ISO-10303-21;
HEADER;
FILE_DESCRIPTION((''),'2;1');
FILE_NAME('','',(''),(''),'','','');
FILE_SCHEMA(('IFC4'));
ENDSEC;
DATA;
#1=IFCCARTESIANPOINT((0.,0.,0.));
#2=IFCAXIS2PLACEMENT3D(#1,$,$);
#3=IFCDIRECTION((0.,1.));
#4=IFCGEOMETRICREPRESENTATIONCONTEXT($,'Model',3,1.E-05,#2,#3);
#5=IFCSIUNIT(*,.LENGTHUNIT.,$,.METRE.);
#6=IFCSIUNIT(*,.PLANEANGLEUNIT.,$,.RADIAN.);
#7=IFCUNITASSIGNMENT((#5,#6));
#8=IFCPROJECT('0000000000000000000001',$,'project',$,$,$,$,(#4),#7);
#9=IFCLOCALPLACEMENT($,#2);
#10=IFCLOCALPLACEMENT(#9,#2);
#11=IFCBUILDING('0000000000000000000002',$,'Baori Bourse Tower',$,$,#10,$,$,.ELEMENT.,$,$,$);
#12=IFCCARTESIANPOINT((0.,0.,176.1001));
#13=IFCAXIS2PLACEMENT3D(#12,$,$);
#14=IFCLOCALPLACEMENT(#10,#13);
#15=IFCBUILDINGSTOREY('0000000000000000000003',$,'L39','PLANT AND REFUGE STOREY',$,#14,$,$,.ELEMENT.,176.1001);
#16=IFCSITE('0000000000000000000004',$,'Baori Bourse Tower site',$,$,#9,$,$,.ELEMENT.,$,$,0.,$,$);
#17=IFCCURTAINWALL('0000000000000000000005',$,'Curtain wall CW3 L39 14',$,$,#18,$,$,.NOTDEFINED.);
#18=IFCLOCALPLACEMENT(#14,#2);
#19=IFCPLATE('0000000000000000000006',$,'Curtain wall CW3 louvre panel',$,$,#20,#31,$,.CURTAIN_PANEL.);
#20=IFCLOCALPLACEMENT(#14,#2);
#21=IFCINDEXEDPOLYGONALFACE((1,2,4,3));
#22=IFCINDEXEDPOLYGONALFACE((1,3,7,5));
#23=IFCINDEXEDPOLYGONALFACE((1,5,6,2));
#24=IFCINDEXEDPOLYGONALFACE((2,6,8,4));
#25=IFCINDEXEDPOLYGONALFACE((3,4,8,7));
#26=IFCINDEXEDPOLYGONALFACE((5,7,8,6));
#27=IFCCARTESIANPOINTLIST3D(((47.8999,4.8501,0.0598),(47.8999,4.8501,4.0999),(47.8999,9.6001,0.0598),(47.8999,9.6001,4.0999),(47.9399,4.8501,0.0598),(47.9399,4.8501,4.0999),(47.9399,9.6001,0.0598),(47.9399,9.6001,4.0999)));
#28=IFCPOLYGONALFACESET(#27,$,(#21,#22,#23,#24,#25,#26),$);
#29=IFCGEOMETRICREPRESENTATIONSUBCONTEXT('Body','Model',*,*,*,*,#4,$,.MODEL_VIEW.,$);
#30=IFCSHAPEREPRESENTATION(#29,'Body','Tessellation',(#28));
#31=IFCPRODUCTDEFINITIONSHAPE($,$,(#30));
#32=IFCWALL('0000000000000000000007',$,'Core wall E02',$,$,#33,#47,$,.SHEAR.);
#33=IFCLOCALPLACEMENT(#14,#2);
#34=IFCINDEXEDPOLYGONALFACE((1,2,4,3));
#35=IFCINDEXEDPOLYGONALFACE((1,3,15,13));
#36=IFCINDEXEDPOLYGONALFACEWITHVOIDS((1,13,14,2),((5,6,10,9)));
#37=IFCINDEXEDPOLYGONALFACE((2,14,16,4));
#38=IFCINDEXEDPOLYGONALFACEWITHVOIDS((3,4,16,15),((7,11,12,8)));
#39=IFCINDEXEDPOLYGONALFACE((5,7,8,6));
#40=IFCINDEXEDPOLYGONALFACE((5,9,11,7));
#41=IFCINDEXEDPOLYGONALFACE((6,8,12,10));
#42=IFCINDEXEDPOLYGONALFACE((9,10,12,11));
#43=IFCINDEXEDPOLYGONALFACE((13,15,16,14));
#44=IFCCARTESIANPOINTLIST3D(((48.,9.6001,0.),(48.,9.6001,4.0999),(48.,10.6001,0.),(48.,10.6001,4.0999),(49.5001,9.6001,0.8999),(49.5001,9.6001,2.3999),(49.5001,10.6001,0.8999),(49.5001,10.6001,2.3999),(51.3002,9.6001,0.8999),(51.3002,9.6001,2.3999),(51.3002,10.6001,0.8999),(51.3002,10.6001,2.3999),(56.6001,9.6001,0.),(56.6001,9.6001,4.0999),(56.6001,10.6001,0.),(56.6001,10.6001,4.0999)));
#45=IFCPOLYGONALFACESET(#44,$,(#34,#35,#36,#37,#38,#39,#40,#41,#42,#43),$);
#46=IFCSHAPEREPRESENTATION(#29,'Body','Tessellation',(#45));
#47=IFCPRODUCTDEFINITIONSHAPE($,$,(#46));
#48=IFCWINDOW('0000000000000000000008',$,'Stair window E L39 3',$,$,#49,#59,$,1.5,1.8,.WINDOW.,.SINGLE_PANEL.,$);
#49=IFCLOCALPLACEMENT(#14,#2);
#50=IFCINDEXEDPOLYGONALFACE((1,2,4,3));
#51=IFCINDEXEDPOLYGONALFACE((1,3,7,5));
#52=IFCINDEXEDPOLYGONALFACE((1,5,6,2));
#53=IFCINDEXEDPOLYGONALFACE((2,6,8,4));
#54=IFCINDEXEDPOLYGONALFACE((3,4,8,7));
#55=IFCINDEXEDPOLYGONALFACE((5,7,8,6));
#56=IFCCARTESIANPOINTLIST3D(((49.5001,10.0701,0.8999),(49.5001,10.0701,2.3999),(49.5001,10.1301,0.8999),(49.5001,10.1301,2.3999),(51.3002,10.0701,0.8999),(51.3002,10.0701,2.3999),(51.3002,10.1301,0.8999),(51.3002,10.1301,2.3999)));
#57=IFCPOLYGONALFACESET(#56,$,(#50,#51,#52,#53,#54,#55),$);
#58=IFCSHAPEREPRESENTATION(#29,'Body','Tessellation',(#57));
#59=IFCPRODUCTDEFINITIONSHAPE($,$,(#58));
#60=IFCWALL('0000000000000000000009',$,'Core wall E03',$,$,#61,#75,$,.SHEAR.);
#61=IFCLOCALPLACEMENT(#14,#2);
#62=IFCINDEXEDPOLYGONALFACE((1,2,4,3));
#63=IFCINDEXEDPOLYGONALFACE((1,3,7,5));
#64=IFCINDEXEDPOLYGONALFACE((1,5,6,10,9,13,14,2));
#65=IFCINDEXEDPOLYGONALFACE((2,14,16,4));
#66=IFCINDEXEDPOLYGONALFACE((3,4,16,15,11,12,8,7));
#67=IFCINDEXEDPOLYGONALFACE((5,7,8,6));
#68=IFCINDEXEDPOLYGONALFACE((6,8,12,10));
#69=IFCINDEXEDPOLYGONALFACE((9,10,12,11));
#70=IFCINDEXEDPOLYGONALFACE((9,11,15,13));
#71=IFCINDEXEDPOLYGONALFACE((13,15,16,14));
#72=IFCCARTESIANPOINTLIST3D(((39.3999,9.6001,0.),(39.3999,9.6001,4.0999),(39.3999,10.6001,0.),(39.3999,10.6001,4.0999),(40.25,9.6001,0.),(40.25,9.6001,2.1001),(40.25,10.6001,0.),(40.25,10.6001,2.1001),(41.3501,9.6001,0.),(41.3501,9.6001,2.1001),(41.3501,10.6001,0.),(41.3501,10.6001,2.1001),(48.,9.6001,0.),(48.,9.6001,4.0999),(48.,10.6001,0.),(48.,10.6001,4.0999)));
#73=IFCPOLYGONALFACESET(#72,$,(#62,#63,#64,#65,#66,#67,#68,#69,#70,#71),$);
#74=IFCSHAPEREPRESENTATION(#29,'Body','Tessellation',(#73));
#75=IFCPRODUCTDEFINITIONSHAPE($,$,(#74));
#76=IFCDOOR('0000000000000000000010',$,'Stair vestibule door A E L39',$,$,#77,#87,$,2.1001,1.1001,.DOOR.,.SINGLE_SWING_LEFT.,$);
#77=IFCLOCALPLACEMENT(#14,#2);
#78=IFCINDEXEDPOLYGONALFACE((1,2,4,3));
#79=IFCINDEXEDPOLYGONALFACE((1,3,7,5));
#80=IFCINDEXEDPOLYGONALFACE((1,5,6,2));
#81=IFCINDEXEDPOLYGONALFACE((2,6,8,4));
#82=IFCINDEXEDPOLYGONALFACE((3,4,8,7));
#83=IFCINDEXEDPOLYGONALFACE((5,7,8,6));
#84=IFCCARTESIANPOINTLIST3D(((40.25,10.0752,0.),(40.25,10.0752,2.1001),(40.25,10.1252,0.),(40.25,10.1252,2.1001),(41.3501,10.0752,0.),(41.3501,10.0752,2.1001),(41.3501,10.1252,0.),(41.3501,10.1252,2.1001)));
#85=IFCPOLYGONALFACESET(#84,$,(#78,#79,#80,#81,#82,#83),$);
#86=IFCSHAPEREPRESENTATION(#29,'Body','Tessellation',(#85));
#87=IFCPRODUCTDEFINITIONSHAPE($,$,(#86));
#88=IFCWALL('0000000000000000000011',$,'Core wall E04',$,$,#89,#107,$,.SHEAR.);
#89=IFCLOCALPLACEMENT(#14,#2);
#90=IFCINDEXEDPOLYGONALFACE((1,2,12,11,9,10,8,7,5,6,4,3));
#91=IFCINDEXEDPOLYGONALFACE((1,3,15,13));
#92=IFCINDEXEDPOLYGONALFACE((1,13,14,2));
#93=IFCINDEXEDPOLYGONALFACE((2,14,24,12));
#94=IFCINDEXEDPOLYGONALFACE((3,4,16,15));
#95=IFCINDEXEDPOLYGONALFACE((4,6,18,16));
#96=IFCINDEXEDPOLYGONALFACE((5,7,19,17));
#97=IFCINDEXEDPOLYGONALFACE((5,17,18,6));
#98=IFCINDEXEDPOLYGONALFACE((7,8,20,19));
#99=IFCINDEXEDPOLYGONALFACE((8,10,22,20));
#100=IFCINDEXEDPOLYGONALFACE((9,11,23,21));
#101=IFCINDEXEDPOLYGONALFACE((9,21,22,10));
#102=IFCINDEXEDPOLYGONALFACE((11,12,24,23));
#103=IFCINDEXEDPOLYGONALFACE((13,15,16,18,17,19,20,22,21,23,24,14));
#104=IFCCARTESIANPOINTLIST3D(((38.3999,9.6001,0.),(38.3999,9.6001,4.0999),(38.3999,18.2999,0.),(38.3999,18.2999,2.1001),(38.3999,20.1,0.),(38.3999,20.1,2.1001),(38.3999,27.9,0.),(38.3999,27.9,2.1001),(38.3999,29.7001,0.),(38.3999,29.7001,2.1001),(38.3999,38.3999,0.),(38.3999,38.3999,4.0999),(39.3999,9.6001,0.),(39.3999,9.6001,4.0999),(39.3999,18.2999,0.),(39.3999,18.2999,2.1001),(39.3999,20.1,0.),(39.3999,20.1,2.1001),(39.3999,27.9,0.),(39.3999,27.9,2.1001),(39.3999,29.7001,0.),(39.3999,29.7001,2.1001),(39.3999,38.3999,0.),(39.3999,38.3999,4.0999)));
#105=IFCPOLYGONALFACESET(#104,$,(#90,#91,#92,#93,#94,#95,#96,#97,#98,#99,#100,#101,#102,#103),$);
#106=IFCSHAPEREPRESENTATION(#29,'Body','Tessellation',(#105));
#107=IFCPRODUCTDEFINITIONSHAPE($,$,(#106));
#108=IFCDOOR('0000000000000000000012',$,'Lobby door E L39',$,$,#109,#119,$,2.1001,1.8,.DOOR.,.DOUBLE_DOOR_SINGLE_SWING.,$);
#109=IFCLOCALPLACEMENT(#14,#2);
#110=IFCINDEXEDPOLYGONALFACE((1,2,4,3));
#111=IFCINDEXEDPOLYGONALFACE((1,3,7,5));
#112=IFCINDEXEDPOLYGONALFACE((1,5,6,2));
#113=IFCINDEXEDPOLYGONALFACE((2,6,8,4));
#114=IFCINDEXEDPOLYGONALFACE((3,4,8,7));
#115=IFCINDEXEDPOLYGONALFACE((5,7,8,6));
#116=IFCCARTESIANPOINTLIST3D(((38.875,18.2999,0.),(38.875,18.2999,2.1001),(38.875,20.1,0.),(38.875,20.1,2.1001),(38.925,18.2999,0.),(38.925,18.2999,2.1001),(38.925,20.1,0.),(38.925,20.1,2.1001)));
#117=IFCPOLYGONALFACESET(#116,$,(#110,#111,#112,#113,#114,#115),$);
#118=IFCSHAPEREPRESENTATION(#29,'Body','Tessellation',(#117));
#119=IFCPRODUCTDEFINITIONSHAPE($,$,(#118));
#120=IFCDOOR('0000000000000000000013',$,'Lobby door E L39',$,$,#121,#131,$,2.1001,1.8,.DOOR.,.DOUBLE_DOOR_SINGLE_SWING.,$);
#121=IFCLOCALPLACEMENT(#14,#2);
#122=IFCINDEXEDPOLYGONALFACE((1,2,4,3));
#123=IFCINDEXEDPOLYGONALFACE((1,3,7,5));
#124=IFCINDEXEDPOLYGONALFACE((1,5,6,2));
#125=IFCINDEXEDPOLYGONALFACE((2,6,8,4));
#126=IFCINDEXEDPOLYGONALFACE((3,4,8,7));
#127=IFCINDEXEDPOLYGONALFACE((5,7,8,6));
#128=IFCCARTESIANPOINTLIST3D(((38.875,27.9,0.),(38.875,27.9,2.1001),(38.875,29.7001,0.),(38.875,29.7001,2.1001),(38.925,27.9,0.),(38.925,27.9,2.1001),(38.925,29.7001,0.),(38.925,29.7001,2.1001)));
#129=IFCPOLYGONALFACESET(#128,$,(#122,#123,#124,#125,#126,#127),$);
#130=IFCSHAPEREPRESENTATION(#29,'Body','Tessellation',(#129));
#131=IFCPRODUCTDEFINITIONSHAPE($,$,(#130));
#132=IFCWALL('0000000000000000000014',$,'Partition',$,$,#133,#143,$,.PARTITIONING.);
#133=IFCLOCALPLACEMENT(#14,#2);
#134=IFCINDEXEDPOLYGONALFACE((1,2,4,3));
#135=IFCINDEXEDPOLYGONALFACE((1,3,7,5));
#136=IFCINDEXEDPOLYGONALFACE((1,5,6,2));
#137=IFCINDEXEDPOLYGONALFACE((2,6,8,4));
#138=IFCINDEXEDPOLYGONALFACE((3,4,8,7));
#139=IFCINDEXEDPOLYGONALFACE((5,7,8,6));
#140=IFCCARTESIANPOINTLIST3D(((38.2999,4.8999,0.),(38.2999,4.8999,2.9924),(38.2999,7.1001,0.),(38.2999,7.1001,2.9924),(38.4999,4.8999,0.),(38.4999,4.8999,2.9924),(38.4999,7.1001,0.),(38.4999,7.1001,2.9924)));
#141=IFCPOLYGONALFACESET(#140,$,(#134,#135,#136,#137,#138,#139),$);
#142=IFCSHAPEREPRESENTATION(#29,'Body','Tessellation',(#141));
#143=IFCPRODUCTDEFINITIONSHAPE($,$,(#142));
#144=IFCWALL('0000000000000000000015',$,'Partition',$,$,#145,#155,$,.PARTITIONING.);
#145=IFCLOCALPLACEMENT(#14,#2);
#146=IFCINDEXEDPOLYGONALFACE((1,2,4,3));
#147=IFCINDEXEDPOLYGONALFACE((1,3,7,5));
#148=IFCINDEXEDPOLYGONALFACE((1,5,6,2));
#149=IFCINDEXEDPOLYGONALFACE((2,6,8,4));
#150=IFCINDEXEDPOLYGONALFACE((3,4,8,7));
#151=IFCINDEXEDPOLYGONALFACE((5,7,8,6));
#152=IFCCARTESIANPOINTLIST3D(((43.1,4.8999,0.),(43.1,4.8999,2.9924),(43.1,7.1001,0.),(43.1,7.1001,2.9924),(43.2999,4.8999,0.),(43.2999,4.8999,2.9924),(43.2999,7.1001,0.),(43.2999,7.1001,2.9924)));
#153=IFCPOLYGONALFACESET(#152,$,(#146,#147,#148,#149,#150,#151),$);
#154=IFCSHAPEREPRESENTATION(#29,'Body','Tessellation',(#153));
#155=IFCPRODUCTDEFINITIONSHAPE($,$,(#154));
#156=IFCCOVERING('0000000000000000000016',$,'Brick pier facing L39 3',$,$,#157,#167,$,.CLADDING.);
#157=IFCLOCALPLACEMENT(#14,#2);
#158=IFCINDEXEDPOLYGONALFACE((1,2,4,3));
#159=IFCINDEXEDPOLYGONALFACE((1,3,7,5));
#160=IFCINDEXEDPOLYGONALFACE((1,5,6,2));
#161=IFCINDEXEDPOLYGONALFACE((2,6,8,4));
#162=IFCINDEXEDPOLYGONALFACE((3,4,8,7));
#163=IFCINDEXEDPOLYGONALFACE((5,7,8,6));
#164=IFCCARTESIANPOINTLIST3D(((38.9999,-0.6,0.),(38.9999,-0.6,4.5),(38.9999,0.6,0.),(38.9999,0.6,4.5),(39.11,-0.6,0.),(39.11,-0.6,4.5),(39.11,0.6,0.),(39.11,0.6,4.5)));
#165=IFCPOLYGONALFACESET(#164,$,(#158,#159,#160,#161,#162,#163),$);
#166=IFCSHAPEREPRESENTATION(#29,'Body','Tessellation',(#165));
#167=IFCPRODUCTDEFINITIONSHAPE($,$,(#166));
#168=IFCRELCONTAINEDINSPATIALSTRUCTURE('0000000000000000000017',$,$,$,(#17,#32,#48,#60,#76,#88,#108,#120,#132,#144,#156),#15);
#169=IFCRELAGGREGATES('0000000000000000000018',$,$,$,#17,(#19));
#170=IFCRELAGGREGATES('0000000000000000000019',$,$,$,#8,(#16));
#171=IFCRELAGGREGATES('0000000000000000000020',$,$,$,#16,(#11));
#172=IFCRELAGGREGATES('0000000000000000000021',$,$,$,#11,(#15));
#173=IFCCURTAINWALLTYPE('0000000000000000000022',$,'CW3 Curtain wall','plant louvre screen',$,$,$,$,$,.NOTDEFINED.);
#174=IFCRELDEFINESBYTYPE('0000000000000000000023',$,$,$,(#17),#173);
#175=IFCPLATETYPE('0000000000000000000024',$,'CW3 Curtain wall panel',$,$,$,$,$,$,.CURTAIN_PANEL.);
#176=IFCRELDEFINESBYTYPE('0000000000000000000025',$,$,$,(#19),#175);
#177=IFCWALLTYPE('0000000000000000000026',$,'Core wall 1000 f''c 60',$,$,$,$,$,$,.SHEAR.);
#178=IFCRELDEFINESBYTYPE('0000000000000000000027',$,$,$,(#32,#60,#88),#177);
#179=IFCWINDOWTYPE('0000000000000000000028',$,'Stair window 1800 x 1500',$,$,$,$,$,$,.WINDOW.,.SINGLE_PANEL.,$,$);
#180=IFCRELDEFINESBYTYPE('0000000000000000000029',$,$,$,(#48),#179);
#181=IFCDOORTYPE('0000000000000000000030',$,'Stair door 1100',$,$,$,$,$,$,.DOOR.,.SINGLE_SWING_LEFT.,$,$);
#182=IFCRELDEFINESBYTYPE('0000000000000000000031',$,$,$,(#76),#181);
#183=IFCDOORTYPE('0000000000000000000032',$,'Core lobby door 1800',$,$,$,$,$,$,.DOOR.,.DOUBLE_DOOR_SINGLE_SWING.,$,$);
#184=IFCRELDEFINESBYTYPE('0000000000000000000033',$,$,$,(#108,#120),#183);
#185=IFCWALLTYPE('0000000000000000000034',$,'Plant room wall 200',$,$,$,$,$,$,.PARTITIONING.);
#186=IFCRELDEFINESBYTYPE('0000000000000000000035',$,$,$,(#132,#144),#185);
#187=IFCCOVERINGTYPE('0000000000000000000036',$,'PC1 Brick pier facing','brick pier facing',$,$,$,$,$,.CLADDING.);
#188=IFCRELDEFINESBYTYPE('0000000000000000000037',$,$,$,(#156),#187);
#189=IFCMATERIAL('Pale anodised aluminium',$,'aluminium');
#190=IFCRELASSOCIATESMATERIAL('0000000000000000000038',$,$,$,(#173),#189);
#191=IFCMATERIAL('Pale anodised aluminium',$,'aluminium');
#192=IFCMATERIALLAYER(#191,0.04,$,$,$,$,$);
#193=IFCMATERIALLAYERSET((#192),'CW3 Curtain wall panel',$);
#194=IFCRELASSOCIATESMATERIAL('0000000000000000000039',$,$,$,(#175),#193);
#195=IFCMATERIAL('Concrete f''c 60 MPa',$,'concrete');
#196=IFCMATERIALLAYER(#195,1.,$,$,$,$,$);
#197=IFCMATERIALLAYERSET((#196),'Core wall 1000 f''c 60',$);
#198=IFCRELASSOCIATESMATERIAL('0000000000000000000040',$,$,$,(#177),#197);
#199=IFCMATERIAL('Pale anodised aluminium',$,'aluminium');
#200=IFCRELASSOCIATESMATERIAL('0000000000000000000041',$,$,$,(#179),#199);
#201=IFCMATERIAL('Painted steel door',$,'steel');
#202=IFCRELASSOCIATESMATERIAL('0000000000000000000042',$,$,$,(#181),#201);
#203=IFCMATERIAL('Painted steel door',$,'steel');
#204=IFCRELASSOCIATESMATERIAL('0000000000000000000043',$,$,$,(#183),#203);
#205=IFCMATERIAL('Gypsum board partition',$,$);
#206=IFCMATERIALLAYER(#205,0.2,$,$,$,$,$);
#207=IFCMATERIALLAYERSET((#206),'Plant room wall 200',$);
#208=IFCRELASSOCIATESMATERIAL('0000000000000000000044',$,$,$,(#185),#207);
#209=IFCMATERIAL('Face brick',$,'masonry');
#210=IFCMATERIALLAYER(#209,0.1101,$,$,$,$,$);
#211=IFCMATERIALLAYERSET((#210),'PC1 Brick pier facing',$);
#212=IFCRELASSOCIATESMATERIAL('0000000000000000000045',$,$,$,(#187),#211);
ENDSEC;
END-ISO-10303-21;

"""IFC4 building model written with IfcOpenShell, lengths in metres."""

from ifc_helpers import new_model, si_unit, direction, frame, frame_2d, origin, origin_2d, place, context, subcontext, project, spatial, rectangle, extrude, material, layer, layer_set, type_object, element, fill, aggregate, save


model = new_model("IFC4")

# Units and contexts
model_context = context("Model", 3, precision=1e-05, world=origin(), true_north=direction((0.0, 1.0)))
body_context = subcontext(model_context, "Body", "Model", "MODEL_VIEW")
ifc_project = project(units=[si_unit("LENGTHUNIT", "METRE"), si_unit("PLANEANGLEUNIT", "RADIAN")], contexts=[model_context])

# Site, building, storey
site_placement = place(None, origin())
site = spatial("IfcSite", under=ifc_project, at=site_placement, Name="Baori Bourse Tower site", CompositionType="ELEMENT", RefElevation=0.0)
building_placement = place(site_placement, origin())
building = spatial("IfcBuilding", under=site, at=building_placement, Name="Baori Bourse Tower", CompositionType="ELEMENT")
storey_placement = place(building_placement, frame((0.0, 0.0, 176.1001)))
storey = spatial("IfcBuildingStorey", under=building, at=storey_placement, Name="L39", Description="PLANT AND REFUGE STOREY", CompositionType="ELEMENT", Elevation=176.1001)

# Curtain wall
ifc_material_1 = material(Name="Pale anodised aluminium", Category="aluminium")
curtain_wall_type = type_object("IfcCurtainWallType", Name="CW3 Curtain wall", Description="plant louvre screen", PredefinedType="NOTDEFINED", material=ifc_material_1)
curtain_wall_1_placement = place(storey_placement, origin())
curtain_wall_1 = element("IfcCurtainWall", 1, at=curtain_wall_1_placement, inside=storey, type_object=curtain_wall_type, Name="Curtain wall CW3 L39 14", PredefinedType="NOTDEFINED")

# Plate
ifc_material_2 = material(Name="Pale anodised aluminium", Category="aluminium")
ifc_layer_1 = layer(ifc_material_2, 0.04)
ifc_layer_set_1 = layer_set([ifc_layer_1], Name="CW3 Curtain wall panel")
plate_type = type_object("IfcPlateType", Name="CW3 Curtain wall panel", PredefinedType="CURTAIN_PANEL", material=ifc_layer_set_1)
plate_1_placement = place(storey_placement, frame((47.9199, 7.2251, 0.0598), z_axis=(0.0, 0.0, 1.0), x_axis=(0.0, 1.0, 0.0)))
plate_1 = element("IfcPlate", 2, at=plate_1_placement, type_object=plate_type, Name="Curtain wall CW3 louvre panel", PredefinedType="CURTAIN_PANEL", context=body_context, shape_type="SweptSolid", body=[
    extrude(rectangle(XDim=4.75, YDim=0.04, at=origin_2d()), origin(), (0.0, 0.0, 1.0), 4.04),
])
aggregate(curtain_wall_1, [plate_1])

# Wall, opening, window
ifc_material_3 = material(Name="Concrete f'c 60 MPa", Category="concrete")
ifc_layer_2 = layer(ifc_material_3, 1.0)
ifc_layer_set_2 = layer_set([ifc_layer_2], Name="Core wall 1000 f'c 60")
wall_type_1 = type_object("IfcWallType", Name="Core wall 1000 f'c 60", PredefinedType="SHEAR", material=ifc_layer_set_2)
wall_1_placement = place(storey_placement, frame((56.6001, 10.1001, 0.0), z_axis=(0.0, 0.0, 1.0), x_axis=(-1.0, 0.0, 0.0)))
wall_1 = element("IfcWall", 3, at=wall_1_placement, inside=storey, type_object=wall_type_1, Name="Core wall E02", PredefinedType="SHEAR", context=body_context, shape_type="SweptSolid", body=[
    extrude(rectangle(XDim=8.6001, YDim=1.0, at=frame_2d((4.3, 0.0))), origin(), (0.0, 0.0, 1.0), 4.0999),
])
opening_1_placement = place(wall_1_placement, frame((5.3, 0.0, 0.8999)))
opening_1 = element("IfcOpeningElement", 4, at=opening_1_placement, cuts=wall_1, PredefinedType="OPENING", context=body_context, shape_type="SweptSolid", body=[
    extrude(rectangle(XDim=1.8, YDim=1.5, at=frame_2d((0.8999, 0.75))), frame((0.0, 0.51, 0.0), z_axis=(0.0, -1.0, 0.0), x_axis=(1.0, 0.0, 0.0)), (0.0, 0.0, 1.0), 1.02),
])
ifc_material_4 = material(Name="Pale anodised aluminium", Category="aluminium")
window_type = type_object("IfcWindowType", Name="Stair window 1800 x 1500", PartitioningType="SINGLE_PANEL", PredefinedType="WINDOW", material=ifc_material_4)
window_placement = place(opening_1_placement, origin())
window = element("IfcWindow", 5, at=window_placement, inside=storey, type_object=window_type, Name="Stair window E L39 3", OverallHeight=1.5, OverallWidth=1.8, PartitioningType="SINGLE_PANEL", PredefinedType="WINDOW", context=body_context, shape_type="SweptSolid", body=[
    extrude(rectangle(XDim=1.8, YDim=1.5, at=frame_2d((0.8999, 0.75))), frame((0.0, 0.03, 0.0), z_axis=(0.0, -1.0, 0.0), x_axis=(1.0, 0.0, 0.0)), (0.0, 0.0, 1.0), 0.0601),
])
fill(opening_1, window)

# Wall, opening, door
wall_2_placement = place(storey_placement, frame((48.0, 10.1001, 0.0), z_axis=(0.0, 0.0, 1.0), x_axis=(-1.0, 0.0, 0.0)))
wall_2 = element("IfcWall", 6, at=wall_2_placement, inside=storey, type_object=wall_type_1, Name="Core wall E03", PredefinedType="SHEAR", context=body_context, shape_type="SweptSolid", body=[
    extrude(rectangle(XDim=8.6001, YDim=1.0, at=frame_2d((4.3, 0.0))), origin(), (0.0, 0.0, 1.0), 4.0999),
])
opening_2_placement = place(wall_2_placement, frame((6.6499, 0.0, 0.0)))
opening_2 = element("IfcOpeningElement", 7, at=opening_2_placement, cuts=wall_2, PredefinedType="OPENING", context=body_context, shape_type="SweptSolid", body=[
    extrude(rectangle(XDim=1.1001, YDim=2.1001, at=frame_2d((0.55, 1.05))), frame((0.0, 0.51, 0.0), z_axis=(0.0, -1.0, 0.0), x_axis=(1.0, 0.0, 0.0)), (0.0, 0.0, 1.0), 1.02),
])
ifc_material_5 = material(Name="Painted steel door", Category="steel")
door_type_1 = type_object("IfcDoorType", Name="Stair door 1100", OperationType="SINGLE_SWING_LEFT", PredefinedType="DOOR", material=ifc_material_5)
door_1_placement = place(opening_2_placement, origin())
door_1 = element("IfcDoor", 8, at=door_1_placement, inside=storey, type_object=door_type_1, Name="Stair vestibule door A E L39", OperationType="SINGLE_SWING_LEFT", OverallHeight=2.1001, OverallWidth=1.1001, PredefinedType="DOOR", context=body_context, shape_type="SweptSolid", body=[
    extrude(rectangle(XDim=1.1001, YDim=2.1001, at=frame_2d((0.55, 1.05))), frame((0.0, 0.0249, 0.0), z_axis=(0.0, -1.0, 0.0), x_axis=(1.0, 0.0, 0.0)), (0.0, 0.0, 1.0), 0.05),
])
fill(opening_2, door_1)

# Wall, openings, doors
wall_3_placement = place(storey_placement, frame((38.8999, 9.6001, 0.0), z_axis=(0.0, 0.0, 1.0), x_axis=(0.0, 1.0, 0.0)))
wall_3 = element("IfcWall", 9, at=wall_3_placement, inside=storey, type_object=wall_type_1, Name="Core wall E04", PredefinedType="SHEAR", context=body_context, shape_type="SweptSolid", body=[
    extrude(rectangle(XDim=28.7998, YDim=1.0, at=frame_2d((14.3999, 0.0))), origin(), (0.0, 0.0, 1.0), 4.0999),
])
opening_3_placement = place(wall_3_placement, frame((8.7, 0.0, 0.0)))
opening_3 = element("IfcOpeningElement", 10, at=opening_3_placement, cuts=wall_3, PredefinedType="OPENING", context=body_context, shape_type="SweptSolid", body=[
    extrude(rectangle(XDim=1.8, YDim=2.1001, at=frame_2d((0.8999, 1.05))), frame((0.0, 0.51, 0.0), z_axis=(0.0, -1.0, 0.0), x_axis=(1.0, 0.0, 0.0)), (0.0, 0.0, 1.0), 1.02),
])
opening_4_placement = place(wall_3_placement, frame((18.3, 0.0, 0.0)))
opening_4 = element("IfcOpeningElement", 11, at=opening_4_placement, cuts=wall_3, PredefinedType="OPENING", context=body_context, shape_type="SweptSolid", body=[
    extrude(rectangle(XDim=1.8, YDim=2.1001, at=frame_2d((0.8999, 1.05))), frame((0.0, 0.51, 0.0), z_axis=(0.0, -1.0, 0.0), x_axis=(1.0, 0.0, 0.0)), (0.0, 0.0, 1.0), 1.02),
])
ifc_material_6 = material(Name="Painted steel door", Category="steel")
door_type_2 = type_object("IfcDoorType", Name="Core lobby door 1800", OperationType="DOUBLE_DOOR_SINGLE_SWING", PredefinedType="DOOR", material=ifc_material_6)
door_2_placement = place(opening_3_placement, origin())
door_2 = element("IfcDoor", 12, at=door_2_placement, inside=storey, type_object=door_type_2, Name="Lobby door E L39", OperationType="DOUBLE_DOOR_SINGLE_SWING", OverallHeight=2.1001, OverallWidth=1.8, PredefinedType="DOOR", context=body_context, shape_type="SweptSolid", body=[
    extrude(rectangle(XDim=1.8, YDim=2.1001, at=frame_2d((0.8999, 1.05))), frame((0.0, 0.0249, 0.0), z_axis=(0.0, -1.0, 0.0), x_axis=(1.0, 0.0, 0.0)), (0.0, 0.0, 1.0), 0.05),
])
fill(opening_3, door_2)
door_3_placement = place(opening_4_placement, origin())
door_3 = element("IfcDoor", 13, at=door_3_placement, inside=storey, type_object=door_type_2, Name="Lobby door E L39", OperationType="DOUBLE_DOOR_SINGLE_SWING", OverallHeight=2.1001, OverallWidth=1.8, PredefinedType="DOOR", context=body_context, shape_type="SweptSolid", body=[
    extrude(rectangle(XDim=1.8, YDim=2.1001, at=frame_2d((0.8999, 1.05))), frame((0.0, 0.0249, 0.0), z_axis=(0.0, -1.0, 0.0), x_axis=(1.0, 0.0, 0.0)), (0.0, 0.0, 1.0), 0.05),
])
fill(opening_4, door_3)

# Walls
ifc_material_7 = material(Name="Gypsum board partition")
ifc_layer_3 = layer(ifc_material_7, 0.2)
ifc_layer_set_3 = layer_set([ifc_layer_3], Name="Plant room wall 200")
wall_type_2 = type_object("IfcWallType", Name="Plant room wall 200", PredefinedType="PARTITIONING", material=ifc_layer_set_3)
for number, where, z_axis, x_axis, name in (
    (14, (38.3999, 4.8999, 0.0), (0.0, 0.0, 1.0), (0.0, 1.0, 0.0), "Partition"),
    (15, (43.2, 4.8999, 0.0), (0.0, 0.0, 1.0), (0.0, 1.0, 0.0), "Partition"),
):
    element("IfcWall", number, at=place(storey_placement, frame(where, z_axis=z_axis, x_axis=x_axis)), inside=storey, type_object=wall_type_2, Name=name, PredefinedType="PARTITIONING", context=body_context, shape_type="SweptSolid", body=[
        extrude(rectangle(XDim=2.2002, YDim=0.2, at=frame_2d((1.1001, 0.0))), origin(), (0.0, 0.0, 1.0), 2.9924),
    ])

# Covering
ifc_material_8 = material(Name="Face brick", Category="masonry")
ifc_layer_4 = layer(ifc_material_8, 0.1101)
ifc_layer_set_4 = layer_set([ifc_layer_4], Name="PC1 Brick pier facing")
covering_type = type_object("IfcCoveringType", Name="PC1 Brick pier facing", Description="brick pier facing", PredefinedType="CLADDING", material=ifc_layer_set_4)
covering_placement = place(storey_placement, frame((39.0549, 0.0, 0.0), z_axis=(0.0, 0.0, 1.0), x_axis=(1.0, 0.0, 0.0)))
element("IfcCovering", 16, at=covering_placement, inside=storey, type_object=covering_type, Name="Brick pier facing L39 3", PredefinedType="CLADDING", context=body_context, shape_type="SweptSolid", body=[
    extrude(rectangle(XDim=0.1101, YDim=1.2, at=origin_2d()), origin(), (0.0, 0.0, 1.0), 4.5),
])

save(model, "model.ifc")
